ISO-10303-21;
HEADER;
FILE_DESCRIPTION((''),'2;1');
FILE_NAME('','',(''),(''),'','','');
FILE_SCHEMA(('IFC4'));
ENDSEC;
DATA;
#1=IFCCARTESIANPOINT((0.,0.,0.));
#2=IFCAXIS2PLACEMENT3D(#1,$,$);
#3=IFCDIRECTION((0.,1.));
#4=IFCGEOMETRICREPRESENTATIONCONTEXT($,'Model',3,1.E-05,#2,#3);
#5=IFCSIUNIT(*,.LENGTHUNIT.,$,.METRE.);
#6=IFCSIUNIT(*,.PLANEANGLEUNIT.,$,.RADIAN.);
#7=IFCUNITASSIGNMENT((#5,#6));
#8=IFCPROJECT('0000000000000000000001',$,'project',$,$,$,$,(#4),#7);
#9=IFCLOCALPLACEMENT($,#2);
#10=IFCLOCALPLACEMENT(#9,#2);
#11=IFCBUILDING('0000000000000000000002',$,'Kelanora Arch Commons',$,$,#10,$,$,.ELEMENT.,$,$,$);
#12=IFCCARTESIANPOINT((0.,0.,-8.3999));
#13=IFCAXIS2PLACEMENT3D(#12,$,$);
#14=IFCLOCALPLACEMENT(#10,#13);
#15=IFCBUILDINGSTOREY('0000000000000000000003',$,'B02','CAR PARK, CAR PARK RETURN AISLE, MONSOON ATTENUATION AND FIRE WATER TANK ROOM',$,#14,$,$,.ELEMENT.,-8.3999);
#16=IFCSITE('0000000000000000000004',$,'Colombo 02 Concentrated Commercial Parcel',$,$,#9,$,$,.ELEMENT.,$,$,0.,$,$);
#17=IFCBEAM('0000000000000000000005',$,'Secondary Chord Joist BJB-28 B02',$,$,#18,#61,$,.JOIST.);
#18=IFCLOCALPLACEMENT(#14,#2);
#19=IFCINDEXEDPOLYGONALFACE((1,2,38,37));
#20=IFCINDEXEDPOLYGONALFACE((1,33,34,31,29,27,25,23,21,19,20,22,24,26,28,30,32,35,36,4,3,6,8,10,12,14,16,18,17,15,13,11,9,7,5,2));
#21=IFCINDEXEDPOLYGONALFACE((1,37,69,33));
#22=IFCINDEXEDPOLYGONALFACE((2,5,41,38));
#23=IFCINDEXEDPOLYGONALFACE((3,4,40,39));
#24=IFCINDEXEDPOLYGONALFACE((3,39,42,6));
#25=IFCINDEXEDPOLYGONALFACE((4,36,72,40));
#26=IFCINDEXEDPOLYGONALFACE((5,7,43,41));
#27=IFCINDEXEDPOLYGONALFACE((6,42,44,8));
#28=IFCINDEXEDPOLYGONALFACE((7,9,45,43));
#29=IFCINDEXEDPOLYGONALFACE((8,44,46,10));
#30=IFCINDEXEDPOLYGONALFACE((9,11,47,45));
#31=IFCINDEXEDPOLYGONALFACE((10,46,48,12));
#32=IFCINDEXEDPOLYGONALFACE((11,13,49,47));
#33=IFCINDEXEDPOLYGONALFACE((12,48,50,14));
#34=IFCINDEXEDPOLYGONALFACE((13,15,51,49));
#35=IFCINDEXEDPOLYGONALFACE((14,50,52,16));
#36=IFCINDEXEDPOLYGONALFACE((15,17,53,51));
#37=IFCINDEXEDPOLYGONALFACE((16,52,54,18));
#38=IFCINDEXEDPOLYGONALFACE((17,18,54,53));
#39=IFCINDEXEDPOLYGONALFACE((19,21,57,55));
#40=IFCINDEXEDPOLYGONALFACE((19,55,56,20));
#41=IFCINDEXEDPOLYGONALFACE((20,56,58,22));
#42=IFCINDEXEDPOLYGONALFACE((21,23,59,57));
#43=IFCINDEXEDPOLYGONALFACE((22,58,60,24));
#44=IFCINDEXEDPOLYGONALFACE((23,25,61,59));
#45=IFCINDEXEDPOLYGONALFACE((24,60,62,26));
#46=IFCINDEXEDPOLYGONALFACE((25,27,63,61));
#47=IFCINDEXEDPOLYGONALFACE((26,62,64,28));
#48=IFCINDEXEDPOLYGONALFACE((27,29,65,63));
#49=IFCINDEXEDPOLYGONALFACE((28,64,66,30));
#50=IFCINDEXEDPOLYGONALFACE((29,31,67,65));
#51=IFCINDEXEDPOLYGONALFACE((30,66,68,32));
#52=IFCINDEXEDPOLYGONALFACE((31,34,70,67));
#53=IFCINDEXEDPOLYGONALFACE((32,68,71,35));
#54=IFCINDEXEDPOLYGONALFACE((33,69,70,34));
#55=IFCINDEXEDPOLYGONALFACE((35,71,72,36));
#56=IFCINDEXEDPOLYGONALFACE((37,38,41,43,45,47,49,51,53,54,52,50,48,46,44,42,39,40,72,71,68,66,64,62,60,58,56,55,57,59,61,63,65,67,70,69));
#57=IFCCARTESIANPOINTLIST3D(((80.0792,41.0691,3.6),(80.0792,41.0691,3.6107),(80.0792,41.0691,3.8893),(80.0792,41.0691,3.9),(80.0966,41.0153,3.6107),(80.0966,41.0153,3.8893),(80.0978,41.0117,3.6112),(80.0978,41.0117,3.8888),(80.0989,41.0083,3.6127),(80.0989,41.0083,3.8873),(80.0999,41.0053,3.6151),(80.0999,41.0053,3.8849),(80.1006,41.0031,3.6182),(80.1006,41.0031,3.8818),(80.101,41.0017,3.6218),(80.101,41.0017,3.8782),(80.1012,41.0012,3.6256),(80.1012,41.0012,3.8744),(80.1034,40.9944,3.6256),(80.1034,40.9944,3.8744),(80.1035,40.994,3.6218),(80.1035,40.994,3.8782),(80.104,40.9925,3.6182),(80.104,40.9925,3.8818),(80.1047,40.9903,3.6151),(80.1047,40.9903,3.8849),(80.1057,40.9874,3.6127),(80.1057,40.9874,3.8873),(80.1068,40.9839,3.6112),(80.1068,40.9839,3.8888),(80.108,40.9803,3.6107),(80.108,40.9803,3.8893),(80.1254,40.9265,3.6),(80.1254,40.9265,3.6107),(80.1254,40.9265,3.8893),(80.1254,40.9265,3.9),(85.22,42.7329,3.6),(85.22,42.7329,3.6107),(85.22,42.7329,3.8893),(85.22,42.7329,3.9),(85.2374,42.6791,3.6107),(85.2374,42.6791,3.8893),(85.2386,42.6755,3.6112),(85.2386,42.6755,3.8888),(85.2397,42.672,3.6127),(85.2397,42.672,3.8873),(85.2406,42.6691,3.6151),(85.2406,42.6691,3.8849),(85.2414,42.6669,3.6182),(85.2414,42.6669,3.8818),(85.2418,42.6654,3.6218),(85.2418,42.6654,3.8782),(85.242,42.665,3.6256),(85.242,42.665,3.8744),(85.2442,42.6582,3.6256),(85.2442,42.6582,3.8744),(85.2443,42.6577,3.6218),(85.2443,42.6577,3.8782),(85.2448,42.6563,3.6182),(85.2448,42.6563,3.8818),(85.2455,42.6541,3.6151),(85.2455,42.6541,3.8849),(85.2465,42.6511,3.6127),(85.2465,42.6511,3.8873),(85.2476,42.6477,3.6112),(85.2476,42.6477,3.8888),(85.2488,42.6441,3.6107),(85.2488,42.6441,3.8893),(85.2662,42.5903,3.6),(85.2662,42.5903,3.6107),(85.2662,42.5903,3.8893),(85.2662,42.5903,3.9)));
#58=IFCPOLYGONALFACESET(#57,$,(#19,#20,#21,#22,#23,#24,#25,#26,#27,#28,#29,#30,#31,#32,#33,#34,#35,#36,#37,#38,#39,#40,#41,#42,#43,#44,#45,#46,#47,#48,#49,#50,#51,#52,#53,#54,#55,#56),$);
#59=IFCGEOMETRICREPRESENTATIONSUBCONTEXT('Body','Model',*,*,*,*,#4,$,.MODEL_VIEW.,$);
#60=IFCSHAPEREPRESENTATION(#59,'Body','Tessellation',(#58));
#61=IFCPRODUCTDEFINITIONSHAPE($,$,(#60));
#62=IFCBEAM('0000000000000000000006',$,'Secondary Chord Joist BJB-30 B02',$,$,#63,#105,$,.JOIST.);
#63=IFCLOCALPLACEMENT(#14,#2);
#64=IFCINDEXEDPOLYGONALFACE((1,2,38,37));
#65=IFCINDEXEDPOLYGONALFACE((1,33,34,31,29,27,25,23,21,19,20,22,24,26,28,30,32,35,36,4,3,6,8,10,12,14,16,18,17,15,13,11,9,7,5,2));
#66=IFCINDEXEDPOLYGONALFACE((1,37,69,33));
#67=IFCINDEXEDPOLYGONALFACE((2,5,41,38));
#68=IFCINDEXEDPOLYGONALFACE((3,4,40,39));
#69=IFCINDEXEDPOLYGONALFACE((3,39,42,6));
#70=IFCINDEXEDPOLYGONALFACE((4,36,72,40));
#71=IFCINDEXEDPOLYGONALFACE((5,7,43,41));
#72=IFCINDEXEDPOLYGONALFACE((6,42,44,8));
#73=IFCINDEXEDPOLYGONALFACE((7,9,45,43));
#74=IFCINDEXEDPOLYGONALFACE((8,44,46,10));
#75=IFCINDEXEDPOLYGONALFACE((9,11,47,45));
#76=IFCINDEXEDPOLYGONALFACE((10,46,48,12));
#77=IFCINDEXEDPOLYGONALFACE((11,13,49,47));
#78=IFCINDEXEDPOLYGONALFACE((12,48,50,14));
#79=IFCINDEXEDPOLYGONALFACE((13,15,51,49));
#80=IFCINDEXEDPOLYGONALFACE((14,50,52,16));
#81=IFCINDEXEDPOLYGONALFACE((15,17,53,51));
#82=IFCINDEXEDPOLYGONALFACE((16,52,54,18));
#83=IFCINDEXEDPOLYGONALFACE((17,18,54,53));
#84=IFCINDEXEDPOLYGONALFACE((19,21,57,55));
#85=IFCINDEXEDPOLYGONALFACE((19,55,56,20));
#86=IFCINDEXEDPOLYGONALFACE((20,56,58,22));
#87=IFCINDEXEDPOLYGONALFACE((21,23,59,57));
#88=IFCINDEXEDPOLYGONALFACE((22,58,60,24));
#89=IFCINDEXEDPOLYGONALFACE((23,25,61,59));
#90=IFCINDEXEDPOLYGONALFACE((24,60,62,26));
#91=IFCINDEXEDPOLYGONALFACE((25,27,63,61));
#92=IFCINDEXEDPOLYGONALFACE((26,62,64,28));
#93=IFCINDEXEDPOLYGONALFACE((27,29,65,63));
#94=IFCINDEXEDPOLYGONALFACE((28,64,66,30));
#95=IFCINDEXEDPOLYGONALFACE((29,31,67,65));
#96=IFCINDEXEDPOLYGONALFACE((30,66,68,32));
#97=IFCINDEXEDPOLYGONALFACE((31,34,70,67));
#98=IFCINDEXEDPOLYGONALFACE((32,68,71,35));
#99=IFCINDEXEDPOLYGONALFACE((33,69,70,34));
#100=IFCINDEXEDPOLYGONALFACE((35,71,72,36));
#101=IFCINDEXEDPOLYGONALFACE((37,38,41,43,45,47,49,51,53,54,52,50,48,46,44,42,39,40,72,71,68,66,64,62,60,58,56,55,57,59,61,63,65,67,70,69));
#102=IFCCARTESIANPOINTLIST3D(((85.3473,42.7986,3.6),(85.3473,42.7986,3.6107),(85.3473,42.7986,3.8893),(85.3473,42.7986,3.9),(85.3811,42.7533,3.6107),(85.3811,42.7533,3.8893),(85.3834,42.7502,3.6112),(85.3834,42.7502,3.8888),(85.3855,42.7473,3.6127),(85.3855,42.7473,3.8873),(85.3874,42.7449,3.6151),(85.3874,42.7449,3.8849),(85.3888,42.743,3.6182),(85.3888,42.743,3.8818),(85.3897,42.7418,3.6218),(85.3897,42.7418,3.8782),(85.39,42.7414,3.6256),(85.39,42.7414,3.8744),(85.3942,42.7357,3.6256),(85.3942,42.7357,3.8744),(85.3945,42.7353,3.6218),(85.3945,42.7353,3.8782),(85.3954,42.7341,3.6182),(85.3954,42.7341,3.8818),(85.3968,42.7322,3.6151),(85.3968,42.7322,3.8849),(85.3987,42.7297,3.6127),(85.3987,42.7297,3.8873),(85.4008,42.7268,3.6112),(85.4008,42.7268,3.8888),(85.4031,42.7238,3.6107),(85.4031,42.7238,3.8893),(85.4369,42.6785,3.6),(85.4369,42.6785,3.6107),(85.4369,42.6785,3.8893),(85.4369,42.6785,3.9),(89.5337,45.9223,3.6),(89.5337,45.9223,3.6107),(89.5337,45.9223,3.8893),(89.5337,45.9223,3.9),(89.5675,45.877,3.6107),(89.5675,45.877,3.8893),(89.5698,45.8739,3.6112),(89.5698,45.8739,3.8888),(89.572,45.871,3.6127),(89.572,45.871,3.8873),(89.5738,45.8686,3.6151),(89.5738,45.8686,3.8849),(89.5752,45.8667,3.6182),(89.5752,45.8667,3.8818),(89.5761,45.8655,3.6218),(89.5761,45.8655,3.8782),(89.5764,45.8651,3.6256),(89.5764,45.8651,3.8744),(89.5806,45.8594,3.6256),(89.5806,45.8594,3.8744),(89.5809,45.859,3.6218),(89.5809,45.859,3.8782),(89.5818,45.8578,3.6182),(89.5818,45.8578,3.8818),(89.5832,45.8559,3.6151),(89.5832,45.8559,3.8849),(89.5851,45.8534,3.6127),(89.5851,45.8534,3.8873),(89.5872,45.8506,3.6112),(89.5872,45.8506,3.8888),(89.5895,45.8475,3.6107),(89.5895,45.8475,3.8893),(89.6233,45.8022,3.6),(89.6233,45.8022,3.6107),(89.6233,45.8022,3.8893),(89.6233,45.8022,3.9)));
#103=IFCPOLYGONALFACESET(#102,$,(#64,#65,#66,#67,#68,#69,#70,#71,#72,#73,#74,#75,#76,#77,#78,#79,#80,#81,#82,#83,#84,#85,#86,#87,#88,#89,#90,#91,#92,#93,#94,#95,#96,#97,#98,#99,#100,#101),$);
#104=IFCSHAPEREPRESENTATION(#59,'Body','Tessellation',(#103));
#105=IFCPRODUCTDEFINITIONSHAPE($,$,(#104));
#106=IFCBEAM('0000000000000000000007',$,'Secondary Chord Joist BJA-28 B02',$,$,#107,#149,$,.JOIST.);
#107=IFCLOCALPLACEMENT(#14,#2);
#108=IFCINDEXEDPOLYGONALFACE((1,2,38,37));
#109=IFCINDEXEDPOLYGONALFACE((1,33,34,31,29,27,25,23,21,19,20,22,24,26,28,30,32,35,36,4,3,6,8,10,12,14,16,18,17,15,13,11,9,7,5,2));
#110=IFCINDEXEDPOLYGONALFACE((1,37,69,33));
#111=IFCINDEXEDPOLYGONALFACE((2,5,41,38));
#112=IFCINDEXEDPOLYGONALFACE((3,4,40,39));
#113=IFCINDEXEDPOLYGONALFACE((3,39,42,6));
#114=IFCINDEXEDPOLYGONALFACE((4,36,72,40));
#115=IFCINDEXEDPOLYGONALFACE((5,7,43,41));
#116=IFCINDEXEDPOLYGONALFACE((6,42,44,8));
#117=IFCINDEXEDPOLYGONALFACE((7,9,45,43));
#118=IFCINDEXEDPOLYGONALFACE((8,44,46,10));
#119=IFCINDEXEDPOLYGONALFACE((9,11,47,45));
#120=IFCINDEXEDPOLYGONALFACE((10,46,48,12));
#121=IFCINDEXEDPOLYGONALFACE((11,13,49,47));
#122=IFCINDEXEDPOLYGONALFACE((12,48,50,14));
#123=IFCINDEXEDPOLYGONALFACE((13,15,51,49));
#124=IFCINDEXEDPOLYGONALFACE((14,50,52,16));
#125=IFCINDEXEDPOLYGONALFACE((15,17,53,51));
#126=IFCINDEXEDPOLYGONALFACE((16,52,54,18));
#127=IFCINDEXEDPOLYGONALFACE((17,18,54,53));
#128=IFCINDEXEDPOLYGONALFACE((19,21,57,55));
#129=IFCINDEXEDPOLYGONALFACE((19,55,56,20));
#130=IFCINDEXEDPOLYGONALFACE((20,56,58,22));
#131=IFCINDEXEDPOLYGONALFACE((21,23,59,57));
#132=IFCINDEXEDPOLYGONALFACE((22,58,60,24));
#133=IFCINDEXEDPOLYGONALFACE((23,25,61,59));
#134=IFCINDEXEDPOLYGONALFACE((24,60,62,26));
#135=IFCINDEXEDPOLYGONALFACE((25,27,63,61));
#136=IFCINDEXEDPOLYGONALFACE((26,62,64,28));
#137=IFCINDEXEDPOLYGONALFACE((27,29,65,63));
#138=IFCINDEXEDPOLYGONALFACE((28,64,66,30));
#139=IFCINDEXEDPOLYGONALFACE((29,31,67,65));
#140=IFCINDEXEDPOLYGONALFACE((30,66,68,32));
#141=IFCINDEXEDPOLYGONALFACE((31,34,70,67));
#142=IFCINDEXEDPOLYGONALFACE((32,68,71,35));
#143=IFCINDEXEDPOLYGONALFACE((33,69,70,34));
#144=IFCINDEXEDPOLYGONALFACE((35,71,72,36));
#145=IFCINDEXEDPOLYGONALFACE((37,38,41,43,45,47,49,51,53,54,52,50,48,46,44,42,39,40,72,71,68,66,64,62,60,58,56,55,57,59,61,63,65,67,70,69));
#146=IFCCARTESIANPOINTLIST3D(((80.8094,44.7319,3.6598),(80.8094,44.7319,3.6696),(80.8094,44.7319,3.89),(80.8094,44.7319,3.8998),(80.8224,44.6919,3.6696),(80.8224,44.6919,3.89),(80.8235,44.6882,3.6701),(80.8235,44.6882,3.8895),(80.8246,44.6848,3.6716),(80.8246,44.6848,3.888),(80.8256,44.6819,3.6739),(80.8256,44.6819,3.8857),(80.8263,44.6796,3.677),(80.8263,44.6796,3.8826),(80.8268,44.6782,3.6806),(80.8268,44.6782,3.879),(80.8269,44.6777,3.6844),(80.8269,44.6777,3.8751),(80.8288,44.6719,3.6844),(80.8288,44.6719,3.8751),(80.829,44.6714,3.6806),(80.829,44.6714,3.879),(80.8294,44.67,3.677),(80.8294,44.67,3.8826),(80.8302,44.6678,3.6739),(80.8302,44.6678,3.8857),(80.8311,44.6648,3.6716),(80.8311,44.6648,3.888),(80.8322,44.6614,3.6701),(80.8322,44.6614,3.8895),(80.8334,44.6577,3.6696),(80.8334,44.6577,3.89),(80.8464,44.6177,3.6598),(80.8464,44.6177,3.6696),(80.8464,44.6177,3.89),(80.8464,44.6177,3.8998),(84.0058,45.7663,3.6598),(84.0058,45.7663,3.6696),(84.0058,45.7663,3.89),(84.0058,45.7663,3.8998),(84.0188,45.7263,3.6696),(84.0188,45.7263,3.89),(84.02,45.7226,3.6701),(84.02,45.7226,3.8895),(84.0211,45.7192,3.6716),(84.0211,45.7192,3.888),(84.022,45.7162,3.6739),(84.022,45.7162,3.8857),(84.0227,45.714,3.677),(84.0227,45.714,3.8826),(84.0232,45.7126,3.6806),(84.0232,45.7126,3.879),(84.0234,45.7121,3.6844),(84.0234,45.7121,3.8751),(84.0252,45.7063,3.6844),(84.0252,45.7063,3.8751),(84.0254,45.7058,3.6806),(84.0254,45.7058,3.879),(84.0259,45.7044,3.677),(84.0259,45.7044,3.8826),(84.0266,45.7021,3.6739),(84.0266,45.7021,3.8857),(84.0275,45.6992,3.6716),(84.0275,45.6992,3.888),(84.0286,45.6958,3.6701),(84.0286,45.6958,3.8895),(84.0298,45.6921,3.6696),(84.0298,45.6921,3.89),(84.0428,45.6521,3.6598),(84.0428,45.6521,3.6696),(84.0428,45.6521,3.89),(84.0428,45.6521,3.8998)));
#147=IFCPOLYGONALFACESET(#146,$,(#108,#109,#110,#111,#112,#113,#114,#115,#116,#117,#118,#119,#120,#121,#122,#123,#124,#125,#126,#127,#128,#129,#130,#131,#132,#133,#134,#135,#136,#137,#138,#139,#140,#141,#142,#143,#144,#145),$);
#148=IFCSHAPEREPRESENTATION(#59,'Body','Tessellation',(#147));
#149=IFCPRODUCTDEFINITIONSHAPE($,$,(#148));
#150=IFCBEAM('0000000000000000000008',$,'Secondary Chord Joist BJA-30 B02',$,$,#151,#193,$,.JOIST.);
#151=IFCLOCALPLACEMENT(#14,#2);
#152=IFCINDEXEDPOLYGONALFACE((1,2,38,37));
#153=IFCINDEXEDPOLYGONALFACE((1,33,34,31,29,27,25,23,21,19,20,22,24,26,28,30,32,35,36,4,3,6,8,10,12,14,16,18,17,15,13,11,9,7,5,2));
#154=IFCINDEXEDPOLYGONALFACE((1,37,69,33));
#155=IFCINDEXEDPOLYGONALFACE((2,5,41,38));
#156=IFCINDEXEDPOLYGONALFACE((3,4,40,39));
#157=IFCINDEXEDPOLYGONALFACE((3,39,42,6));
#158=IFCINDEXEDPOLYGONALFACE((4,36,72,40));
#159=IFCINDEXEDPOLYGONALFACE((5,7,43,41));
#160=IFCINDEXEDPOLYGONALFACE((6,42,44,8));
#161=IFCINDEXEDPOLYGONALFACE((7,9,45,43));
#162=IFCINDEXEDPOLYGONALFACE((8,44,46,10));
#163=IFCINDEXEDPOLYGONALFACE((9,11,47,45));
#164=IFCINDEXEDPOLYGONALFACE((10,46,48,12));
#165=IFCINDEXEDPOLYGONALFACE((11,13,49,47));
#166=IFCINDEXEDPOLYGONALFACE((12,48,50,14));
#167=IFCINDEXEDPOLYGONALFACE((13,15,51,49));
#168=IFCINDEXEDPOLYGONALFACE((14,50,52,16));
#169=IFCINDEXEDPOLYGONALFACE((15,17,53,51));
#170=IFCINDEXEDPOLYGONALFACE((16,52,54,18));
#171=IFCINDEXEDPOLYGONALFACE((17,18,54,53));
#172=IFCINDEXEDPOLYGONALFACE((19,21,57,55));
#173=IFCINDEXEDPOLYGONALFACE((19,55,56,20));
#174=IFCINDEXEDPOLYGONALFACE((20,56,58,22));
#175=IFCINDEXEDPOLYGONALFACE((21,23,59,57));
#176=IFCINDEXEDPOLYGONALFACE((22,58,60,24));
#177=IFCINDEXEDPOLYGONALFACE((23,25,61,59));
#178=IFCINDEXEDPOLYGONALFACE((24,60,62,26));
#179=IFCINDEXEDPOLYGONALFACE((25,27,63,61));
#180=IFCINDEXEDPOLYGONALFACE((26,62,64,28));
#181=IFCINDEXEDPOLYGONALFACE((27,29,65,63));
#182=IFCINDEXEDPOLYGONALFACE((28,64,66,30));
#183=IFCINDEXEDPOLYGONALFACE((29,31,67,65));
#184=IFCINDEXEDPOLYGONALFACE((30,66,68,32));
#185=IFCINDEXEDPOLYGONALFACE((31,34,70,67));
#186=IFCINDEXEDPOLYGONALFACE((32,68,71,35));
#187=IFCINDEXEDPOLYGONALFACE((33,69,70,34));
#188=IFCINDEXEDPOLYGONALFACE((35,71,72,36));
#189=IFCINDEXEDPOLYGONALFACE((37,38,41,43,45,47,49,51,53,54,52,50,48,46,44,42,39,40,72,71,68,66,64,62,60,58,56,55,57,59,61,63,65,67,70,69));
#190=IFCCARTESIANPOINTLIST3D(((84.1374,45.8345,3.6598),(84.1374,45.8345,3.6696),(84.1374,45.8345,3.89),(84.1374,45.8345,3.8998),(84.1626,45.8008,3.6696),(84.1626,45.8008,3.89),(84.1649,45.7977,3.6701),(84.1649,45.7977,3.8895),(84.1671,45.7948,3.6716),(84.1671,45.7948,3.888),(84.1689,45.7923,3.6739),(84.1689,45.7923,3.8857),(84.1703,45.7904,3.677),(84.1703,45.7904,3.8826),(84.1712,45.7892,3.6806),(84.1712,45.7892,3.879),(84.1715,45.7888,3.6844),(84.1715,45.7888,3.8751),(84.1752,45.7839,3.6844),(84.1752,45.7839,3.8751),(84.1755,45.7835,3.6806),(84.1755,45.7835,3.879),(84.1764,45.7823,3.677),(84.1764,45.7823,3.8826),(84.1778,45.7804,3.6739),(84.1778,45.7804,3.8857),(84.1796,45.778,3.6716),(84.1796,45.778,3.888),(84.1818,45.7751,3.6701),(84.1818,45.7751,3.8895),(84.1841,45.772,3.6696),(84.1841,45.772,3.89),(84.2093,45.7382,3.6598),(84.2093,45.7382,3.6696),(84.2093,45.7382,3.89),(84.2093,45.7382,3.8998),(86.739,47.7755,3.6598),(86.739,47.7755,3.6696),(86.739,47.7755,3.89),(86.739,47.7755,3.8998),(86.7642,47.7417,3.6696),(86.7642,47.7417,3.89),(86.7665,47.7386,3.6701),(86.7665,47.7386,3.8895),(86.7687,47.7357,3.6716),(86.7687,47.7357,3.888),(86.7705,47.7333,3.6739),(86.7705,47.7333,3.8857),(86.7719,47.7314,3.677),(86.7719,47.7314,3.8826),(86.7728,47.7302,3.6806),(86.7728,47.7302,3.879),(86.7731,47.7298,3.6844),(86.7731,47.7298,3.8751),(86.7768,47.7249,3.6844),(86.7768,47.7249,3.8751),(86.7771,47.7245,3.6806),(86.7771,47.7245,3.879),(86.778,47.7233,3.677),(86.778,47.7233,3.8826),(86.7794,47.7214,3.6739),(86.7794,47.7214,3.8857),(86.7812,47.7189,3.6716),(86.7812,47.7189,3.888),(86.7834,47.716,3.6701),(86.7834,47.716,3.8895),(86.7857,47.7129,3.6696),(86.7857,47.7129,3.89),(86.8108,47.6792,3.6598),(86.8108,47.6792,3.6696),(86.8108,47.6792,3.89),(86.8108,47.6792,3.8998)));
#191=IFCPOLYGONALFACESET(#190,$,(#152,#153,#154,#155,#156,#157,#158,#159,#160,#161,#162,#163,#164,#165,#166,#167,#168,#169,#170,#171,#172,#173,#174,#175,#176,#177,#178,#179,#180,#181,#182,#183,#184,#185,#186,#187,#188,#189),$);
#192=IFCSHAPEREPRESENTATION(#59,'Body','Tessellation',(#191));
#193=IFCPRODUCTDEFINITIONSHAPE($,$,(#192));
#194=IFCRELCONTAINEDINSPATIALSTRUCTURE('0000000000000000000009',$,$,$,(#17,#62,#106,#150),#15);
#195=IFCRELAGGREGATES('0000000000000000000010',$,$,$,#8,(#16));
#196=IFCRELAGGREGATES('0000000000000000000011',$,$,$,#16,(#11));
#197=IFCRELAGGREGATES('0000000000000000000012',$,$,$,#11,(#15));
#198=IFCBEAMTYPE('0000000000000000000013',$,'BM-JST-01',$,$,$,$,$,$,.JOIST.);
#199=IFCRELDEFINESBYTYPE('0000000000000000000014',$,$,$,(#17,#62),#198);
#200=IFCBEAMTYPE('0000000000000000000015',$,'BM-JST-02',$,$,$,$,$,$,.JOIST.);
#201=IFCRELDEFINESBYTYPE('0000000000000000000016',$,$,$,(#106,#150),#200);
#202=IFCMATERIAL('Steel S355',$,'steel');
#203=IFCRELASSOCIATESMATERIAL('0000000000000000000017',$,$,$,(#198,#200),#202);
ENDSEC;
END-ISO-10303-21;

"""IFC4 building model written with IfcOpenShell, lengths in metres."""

from ifc_helpers import new_model, si_unit, direction, frame, origin, origin_2d, place, context, subcontext, project, spatial, i_section, extrude, material, material_profile, profile_set, type_object, element, save


model = new_model("IFC4")

# Units and contexts
model_context = context("Model", 3, precision=1e-05, world=origin(), true_north=direction((0.0, 1.0)))
body_context = subcontext(model_context, "Body", "Model", "MODEL_VIEW")
ifc_project = project(units=[si_unit("LENGTHUNIT", "METRE"), si_unit("PLANEANGLEUNIT", "RADIAN")], contexts=[model_context])

# Site, building, storey
site_placement = place(None, origin())
site = spatial("IfcSite", under=ifc_project, at=site_placement, Name="Colombo 02 Concentrated Commercial Parcel", CompositionType="ELEMENT", RefElevation=0.0)
building_placement = place(site_placement, origin())
building = spatial("IfcBuilding", under=site, at=building_placement, Name="Kelanora Arch Commons", CompositionType="ELEMENT")
storey_placement = place(building_placement, frame((0.0, 0.0, -8.3999)))
storey = spatial("IfcBuildingStorey", under=building, at=storey_placement, Name="B02", Description="CAR PARK, CAR PARK RETURN AISLE, MONSOON ATTENUATION AND FIRE WATER TANK ROOM", CompositionType="ELEMENT", Elevation=-8.3999)

# Shared definitions
ifc_material_1 = material(Name="Steel S355", Category="steel")

# Beams
ifc_material_profile_1 = material_profile(ifc_material_1, i_section(OverallWidth=0.1499, OverallDepth=0.3, WebThickness=0.0071, FlangeThickness=0.0107, FilletRadius=0.0149, at=origin_2d()), Name="IPE300")
ifc_profile_set_1 = profile_set([ifc_material_profile_1], Name="Steel S355")
beam_type_1 = type_object("IfcBeamType", Name="BM-JST-01", PredefinedType="JOIST", material=ifc_profile_set_1)
beam_1_placement = place(storey_placement, frame((80.1023, 40.9978, 3.75), z_axis=(0.951412, 0.30792, 0.0), x_axis=(-0.30792, 0.951412, 0.0)))
element("IfcBeam", 1, at=beam_1_placement, inside=storey, type_object=beam_type_1, Name="Secondary Chord Joist BJB-28 B02", PredefinedType="JOIST", context=body_context, shape_type="SweptSolid", body=[
    extrude(i_section(OverallWidth=0.1499, OverallDepth=0.3, WebThickness=0.0071, FlangeThickness=0.0107, FilletRadius=0.0149, at=origin_2d()), origin(), (0.0, 0.0, 1.0), 5.4033),
])
beam_2_placement = place(storey_placement, frame((85.3921, 42.7385, 3.75), z_axis=(0.801478, 0.598024, 0.0), x_axis=(-0.598024, 0.801478, 0.0)))
element("IfcBeam", 2, at=beam_2_placement, inside=storey, type_object=beam_type_1, Name="Secondary Chord Joist BJB-30 B02", PredefinedType="JOIST", context=body_context, shape_type="SweptSolid", body=[
    extrude(i_section(OverallWidth=0.1499, OverallDepth=0.3, WebThickness=0.0071, FlangeThickness=0.0107, FilletRadius=0.0149, at=origin_2d()), origin(), (0.0, 0.0, 1.0), 5.2234),
])
ifc_material_profile_2 = material_profile(ifc_material_1, i_section(OverallWidth=0.1201, OverallDepth=0.24, WebThickness=0.0061, FlangeThickness=0.0098, FilletRadius=0.0149, at=origin_2d()), Name="IPE240")
ifc_profile_set_2 = profile_set([ifc_material_profile_2], Name="Steel S355")
beam_type_2 = type_object("IfcBeamType", Name="BM-JST-02", PredefinedType="JOIST", material=ifc_profile_set_2)
beam_3_placement = place(storey_placement, frame((80.8279, 44.6748, 3.7798), z_axis=(0.951423, 0.307888, 0.0), x_axis=(-0.307888, 0.951423, 0.0)))
element("IfcBeam", 3, at=beam_3_placement, inside=storey, type_object=beam_type_2, Name="Secondary Chord Joist BJA-28 B02", PredefinedType="JOIST", context=body_context, shape_type="SweptSolid", body=[
    extrude(i_section(OverallWidth=0.1201, OverallDepth=0.24, WebThickness=0.0061, FlangeThickness=0.0098, FilletRadius=0.0149, at=origin_2d()), origin(), (0.0, 0.0, 1.0), 3.3596),
])
beam_4_placement = place(storey_placement, frame((84.1733, 45.7864, 3.7798), z_axis=(0.801514, 0.597976, 0.0), x_axis=(-0.597976, 0.801514, 0.0)))
element("IfcBeam", 4, at=beam_4_placement, inside=storey, type_object=beam_type_2, Name="Secondary Chord Joist BJA-30 B02", PredefinedType="JOIST", context=body_context, shape_type="SweptSolid", body=[
    extrude(i_section(OverallWidth=0.1201, OverallDepth=0.24, WebThickness=0.0061, FlangeThickness=0.0098, FilletRadius=0.0149, at=origin_2d()), origin(), (0.0, 0.0, 1.0), 3.2458),
])

save(model, "model.ifc")
